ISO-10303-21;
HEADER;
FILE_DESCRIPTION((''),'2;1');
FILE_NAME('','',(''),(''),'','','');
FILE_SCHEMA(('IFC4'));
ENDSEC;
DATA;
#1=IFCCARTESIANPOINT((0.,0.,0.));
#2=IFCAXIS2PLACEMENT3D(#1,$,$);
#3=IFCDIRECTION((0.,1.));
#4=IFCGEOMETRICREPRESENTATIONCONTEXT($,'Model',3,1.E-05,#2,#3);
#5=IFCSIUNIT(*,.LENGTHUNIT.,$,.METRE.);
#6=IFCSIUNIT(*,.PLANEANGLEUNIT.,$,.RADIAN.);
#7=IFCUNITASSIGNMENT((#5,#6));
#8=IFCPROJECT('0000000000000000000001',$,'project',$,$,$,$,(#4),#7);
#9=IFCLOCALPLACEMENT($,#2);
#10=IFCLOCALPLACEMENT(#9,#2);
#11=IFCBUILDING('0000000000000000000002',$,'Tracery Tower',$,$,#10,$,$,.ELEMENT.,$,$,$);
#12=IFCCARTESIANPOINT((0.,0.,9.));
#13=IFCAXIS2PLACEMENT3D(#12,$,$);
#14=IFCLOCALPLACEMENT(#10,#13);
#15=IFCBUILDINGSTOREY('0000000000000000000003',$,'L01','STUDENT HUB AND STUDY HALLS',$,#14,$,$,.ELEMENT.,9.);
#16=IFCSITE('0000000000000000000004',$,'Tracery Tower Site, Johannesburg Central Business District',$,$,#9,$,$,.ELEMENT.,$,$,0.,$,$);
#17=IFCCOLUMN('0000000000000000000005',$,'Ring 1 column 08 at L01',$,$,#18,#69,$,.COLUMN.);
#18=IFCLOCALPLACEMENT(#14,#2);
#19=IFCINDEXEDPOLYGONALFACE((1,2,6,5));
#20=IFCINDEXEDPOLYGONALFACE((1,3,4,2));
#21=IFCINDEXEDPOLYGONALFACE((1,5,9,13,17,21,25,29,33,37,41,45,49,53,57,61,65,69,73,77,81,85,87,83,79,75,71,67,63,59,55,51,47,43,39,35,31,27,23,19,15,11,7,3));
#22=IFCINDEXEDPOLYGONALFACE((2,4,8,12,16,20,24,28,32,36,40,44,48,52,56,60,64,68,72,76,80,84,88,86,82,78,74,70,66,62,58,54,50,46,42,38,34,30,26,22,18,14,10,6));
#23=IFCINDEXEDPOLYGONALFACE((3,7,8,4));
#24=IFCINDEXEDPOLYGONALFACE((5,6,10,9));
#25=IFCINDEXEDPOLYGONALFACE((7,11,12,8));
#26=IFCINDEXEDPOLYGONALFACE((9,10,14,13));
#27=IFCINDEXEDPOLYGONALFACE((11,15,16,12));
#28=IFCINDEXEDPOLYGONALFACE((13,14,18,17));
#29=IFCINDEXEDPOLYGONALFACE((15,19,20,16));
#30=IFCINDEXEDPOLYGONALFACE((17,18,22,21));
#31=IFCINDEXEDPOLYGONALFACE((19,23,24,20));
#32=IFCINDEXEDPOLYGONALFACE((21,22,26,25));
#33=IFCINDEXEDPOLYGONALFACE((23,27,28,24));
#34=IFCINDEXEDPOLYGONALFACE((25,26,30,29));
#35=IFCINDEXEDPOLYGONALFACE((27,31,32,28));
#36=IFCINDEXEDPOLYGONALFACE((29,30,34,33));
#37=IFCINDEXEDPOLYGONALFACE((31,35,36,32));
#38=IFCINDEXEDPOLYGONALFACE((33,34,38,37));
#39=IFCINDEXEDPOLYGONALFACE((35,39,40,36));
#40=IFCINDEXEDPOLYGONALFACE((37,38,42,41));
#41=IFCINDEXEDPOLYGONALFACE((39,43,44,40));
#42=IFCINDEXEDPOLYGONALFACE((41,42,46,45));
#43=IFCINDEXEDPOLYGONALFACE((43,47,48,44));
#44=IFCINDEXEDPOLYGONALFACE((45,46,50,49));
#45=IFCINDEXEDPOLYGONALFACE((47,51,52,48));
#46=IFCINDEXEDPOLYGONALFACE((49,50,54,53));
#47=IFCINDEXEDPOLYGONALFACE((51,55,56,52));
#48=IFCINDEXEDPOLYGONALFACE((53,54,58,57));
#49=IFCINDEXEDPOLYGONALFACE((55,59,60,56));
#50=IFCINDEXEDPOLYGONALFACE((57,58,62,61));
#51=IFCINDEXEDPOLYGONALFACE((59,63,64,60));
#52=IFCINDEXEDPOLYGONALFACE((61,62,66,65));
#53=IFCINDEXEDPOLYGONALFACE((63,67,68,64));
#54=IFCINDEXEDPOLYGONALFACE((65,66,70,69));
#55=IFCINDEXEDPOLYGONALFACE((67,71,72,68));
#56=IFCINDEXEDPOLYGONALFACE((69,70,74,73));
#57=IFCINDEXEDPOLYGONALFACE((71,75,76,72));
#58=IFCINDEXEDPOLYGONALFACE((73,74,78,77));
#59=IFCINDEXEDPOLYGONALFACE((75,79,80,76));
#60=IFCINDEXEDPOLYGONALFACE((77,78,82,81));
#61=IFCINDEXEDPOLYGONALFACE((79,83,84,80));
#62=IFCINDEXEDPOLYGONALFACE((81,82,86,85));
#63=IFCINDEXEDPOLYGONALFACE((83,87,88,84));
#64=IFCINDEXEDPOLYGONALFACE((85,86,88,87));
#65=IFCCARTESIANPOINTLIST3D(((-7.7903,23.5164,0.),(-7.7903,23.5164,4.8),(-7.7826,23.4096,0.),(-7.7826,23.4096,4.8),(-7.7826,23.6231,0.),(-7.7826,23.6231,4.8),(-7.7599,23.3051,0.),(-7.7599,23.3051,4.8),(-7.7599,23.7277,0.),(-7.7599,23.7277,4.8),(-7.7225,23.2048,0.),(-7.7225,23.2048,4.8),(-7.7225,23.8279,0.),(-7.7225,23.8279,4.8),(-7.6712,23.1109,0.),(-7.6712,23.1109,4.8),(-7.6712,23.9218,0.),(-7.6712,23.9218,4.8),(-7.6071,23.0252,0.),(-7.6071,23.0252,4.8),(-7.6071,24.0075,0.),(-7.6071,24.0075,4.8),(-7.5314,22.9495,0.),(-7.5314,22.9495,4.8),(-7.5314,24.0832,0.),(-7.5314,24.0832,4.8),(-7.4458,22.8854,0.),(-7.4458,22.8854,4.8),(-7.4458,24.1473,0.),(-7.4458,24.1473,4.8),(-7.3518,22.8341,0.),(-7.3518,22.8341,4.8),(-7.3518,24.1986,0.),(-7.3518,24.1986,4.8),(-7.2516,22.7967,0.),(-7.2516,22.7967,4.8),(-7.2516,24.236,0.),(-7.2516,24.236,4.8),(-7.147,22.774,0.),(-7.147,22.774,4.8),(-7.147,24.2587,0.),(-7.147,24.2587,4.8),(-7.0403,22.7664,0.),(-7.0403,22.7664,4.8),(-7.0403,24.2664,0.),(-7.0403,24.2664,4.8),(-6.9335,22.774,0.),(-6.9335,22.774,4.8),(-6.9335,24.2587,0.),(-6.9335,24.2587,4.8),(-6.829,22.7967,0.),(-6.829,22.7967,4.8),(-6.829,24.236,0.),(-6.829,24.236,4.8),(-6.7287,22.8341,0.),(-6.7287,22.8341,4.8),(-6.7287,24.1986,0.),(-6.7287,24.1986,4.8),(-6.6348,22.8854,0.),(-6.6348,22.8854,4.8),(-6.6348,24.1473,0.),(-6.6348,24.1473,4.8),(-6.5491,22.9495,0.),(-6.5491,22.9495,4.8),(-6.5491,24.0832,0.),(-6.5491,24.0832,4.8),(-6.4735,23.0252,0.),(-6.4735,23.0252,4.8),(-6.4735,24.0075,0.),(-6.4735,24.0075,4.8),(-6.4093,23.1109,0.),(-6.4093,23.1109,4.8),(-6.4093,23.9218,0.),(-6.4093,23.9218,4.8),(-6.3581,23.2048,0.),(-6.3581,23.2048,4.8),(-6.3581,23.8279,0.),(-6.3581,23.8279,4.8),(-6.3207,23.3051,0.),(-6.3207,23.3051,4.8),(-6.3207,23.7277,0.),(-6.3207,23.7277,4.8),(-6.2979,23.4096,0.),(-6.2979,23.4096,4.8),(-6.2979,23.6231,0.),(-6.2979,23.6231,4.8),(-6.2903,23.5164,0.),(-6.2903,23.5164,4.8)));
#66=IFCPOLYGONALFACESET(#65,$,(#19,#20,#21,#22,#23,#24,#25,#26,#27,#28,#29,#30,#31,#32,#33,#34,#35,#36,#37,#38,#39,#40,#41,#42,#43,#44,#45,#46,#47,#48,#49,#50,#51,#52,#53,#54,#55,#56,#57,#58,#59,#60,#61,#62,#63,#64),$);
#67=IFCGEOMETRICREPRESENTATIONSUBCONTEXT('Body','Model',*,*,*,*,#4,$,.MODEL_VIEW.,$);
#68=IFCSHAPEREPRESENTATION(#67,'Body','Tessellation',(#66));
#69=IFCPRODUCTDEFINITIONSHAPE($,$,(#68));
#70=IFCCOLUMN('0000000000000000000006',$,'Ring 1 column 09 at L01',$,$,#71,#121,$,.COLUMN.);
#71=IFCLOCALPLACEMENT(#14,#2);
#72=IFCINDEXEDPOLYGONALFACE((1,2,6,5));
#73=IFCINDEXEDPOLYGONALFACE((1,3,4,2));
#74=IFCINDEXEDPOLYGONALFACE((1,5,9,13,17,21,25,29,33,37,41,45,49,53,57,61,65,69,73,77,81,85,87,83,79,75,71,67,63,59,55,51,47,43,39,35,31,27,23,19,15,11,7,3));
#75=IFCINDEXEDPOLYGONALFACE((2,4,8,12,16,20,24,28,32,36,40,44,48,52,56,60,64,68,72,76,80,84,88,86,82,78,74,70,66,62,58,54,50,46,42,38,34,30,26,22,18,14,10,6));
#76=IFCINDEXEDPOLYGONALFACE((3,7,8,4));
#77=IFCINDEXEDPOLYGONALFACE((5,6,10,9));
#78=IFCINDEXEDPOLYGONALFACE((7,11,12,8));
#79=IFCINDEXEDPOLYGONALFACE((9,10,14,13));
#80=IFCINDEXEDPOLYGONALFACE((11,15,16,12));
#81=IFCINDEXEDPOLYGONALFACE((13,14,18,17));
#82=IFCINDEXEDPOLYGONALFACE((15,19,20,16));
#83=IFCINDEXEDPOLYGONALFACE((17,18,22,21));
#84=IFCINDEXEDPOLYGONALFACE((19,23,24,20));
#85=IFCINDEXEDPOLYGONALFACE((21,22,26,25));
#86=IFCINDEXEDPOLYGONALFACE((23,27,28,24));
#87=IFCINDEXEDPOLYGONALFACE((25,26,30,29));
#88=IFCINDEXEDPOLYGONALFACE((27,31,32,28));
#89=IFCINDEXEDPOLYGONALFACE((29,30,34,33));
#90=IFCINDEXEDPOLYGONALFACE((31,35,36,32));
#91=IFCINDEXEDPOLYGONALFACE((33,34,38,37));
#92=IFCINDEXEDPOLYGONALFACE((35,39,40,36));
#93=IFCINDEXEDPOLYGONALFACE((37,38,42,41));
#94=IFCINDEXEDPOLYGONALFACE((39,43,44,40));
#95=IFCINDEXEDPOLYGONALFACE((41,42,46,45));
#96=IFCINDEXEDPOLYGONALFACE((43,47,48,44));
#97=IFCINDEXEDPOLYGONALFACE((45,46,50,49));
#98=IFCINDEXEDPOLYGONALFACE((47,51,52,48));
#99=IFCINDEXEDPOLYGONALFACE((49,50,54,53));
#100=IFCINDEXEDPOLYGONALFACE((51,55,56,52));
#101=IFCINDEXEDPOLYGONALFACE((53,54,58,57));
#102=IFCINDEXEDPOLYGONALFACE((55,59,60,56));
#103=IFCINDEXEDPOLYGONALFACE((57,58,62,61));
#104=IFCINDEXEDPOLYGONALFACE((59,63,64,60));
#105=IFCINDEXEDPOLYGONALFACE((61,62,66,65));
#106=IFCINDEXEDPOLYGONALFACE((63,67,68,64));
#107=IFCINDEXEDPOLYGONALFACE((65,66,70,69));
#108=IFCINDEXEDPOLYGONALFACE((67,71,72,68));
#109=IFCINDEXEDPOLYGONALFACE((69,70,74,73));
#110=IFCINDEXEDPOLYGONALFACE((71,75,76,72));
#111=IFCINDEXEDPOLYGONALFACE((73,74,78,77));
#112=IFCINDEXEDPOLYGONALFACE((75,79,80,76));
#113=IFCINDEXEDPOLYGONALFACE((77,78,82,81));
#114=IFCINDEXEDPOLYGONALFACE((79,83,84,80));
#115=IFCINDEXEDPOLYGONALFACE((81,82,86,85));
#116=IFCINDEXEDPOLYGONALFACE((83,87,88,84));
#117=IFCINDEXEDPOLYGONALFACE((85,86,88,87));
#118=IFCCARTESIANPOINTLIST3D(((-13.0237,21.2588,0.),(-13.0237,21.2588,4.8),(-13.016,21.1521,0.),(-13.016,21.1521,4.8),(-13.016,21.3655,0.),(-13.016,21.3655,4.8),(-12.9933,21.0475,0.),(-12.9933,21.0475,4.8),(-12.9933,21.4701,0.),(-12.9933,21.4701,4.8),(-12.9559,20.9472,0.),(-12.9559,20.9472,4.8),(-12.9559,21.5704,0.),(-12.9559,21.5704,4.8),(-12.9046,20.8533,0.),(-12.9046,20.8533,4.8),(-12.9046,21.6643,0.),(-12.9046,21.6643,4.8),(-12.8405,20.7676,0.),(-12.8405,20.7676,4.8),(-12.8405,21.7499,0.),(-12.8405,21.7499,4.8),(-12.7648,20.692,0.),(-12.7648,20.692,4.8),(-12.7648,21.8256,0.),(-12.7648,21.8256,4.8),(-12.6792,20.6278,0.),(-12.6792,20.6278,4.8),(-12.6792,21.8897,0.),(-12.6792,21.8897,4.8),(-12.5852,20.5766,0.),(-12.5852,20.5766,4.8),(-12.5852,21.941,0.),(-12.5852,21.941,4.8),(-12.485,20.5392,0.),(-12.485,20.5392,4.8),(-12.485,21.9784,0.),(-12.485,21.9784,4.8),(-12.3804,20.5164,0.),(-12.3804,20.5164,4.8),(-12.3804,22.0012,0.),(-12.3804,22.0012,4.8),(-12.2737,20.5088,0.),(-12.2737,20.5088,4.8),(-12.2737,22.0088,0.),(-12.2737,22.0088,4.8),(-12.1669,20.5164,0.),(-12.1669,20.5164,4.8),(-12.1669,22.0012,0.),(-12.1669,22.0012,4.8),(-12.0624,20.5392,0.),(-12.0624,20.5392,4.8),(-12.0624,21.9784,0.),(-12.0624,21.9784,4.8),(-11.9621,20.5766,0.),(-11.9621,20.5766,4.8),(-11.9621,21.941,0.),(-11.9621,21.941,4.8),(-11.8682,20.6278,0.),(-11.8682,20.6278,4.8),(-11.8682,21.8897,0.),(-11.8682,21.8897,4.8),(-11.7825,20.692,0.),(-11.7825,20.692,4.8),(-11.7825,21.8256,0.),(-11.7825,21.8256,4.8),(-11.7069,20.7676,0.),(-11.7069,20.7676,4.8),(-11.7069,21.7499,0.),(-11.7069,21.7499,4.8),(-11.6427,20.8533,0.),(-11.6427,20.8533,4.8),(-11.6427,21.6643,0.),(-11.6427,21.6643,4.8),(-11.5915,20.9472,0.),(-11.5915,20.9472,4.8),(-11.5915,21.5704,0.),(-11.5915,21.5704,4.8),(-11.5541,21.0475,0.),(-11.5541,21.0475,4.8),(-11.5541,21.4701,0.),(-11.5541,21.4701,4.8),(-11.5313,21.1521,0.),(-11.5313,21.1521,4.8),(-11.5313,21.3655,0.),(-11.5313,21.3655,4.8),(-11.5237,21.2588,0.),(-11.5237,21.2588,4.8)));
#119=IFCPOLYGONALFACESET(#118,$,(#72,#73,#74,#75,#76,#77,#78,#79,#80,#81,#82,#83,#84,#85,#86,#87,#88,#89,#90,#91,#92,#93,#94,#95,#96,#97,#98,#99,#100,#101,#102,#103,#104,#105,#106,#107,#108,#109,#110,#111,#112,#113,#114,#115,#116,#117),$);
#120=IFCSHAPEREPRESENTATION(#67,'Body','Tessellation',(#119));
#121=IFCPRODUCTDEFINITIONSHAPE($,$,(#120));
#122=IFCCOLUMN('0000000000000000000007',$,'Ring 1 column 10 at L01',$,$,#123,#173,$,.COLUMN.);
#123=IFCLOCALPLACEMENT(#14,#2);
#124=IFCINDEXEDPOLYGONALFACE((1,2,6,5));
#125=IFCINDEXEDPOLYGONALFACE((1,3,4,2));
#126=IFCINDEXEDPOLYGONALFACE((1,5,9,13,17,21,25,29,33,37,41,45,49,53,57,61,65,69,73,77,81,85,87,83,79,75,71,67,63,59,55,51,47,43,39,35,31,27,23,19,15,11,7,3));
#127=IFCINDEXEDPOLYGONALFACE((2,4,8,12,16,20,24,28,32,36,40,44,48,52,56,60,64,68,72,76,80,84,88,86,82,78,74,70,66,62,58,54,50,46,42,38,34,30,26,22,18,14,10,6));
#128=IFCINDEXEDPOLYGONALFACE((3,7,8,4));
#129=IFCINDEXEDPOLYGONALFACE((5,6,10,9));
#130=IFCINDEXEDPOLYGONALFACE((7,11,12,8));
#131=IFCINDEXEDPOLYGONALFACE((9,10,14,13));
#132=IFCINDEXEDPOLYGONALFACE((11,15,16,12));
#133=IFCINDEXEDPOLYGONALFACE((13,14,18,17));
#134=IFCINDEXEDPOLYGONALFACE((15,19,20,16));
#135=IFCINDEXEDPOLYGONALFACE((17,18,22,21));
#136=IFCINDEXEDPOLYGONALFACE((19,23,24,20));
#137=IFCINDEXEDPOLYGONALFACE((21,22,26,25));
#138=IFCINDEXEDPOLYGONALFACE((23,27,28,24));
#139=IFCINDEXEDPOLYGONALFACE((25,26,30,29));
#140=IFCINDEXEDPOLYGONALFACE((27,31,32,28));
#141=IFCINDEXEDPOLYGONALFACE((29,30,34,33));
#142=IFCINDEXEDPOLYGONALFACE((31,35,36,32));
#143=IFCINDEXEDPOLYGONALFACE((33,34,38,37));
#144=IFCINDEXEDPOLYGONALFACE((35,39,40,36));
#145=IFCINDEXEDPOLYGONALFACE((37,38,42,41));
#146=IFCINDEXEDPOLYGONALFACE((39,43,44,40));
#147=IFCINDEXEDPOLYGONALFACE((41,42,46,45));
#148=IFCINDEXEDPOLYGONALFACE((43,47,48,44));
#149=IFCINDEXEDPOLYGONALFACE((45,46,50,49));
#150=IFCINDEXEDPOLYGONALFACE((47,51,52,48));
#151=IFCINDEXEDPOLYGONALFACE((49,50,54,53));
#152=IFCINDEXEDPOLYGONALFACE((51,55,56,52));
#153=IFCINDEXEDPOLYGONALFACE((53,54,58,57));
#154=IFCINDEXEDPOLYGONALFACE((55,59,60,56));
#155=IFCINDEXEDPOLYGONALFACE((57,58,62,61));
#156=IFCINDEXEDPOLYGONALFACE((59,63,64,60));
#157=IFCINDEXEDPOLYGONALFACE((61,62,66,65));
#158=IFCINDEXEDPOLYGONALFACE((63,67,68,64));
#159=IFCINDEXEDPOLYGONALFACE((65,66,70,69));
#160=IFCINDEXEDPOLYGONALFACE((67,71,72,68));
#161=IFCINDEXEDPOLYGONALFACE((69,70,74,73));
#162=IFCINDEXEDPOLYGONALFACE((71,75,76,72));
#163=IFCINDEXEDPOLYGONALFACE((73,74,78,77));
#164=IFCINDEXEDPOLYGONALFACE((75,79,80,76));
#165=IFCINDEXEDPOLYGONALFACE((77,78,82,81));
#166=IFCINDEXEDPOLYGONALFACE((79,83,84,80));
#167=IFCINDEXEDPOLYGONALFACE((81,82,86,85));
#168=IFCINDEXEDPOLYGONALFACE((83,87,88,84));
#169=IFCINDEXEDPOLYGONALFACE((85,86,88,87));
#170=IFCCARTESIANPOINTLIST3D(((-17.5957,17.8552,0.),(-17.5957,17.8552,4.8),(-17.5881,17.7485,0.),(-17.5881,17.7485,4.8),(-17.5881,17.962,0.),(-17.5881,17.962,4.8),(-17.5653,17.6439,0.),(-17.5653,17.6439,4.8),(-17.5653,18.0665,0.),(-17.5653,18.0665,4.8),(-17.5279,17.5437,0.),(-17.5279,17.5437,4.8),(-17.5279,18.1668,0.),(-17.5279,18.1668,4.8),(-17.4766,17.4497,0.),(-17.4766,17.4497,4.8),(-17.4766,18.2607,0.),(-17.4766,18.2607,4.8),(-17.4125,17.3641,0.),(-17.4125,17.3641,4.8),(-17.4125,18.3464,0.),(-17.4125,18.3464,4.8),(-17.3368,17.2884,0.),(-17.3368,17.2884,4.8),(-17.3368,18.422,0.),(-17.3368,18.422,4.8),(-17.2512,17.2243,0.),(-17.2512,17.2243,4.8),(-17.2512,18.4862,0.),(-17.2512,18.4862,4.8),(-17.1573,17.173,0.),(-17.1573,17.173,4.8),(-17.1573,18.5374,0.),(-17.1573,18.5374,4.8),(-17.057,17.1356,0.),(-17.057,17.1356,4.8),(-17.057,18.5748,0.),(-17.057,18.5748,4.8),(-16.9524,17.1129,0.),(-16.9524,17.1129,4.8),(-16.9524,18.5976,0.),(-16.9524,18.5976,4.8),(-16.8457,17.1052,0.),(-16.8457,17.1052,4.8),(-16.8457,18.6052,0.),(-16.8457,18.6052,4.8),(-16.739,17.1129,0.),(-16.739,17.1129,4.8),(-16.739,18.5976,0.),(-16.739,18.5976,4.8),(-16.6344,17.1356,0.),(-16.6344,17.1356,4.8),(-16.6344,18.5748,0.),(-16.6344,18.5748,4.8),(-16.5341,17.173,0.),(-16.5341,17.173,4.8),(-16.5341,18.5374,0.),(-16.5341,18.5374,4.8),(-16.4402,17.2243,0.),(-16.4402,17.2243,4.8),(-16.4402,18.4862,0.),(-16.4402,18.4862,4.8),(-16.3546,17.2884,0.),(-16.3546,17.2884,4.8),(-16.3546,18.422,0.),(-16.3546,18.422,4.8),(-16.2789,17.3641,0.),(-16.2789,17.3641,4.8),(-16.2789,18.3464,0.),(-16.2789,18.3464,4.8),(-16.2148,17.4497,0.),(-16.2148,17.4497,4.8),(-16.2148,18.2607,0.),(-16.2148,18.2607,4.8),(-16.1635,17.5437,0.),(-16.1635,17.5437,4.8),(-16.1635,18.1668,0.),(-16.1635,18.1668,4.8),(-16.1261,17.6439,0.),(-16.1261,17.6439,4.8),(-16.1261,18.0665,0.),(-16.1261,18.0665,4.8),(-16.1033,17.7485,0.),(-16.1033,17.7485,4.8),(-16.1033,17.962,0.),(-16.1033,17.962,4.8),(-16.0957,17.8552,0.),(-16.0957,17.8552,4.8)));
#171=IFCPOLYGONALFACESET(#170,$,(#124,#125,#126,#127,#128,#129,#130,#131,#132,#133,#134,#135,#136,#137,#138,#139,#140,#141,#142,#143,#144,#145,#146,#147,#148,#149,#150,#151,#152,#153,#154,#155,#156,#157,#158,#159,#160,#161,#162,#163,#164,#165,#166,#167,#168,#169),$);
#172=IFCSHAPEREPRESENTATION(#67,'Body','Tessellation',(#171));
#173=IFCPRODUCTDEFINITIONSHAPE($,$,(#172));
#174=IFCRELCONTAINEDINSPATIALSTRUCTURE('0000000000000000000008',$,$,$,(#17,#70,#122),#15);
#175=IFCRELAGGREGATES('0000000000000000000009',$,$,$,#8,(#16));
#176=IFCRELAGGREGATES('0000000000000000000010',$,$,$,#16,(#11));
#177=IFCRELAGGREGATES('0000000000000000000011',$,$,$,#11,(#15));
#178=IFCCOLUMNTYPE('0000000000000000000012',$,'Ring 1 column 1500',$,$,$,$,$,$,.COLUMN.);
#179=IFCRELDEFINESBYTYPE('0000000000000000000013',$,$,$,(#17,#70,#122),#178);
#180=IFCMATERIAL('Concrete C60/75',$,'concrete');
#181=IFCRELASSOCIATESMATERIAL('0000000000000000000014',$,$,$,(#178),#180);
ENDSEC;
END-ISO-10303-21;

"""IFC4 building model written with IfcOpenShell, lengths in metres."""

from ifc_helpers import new_model, si_unit, direction, frame, origin, origin_2d, place, context, subcontext, project, spatial, circle, extrude, material, material_profile, profile_set, type_object, element, save


model = new_model("IFC4")

# Units and contexts
model_context = context("Model", 3, precision=1e-05, world=origin(), true_north=direction((0.0, 1.0)))
body_context = subcontext(model_context, "Body", "Model", "MODEL_VIEW")
ifc_project = project(units=[si_unit("LENGTHUNIT", "METRE"), si_unit("PLANEANGLEUNIT", "RADIAN")], contexts=[model_context])

# Site, building, storey
site_placement = place(None, origin())
site = spatial("IfcSite", under=ifc_project, at=site_placement, Name="Tracery Tower Site, Johannesburg Central Business District", CompositionType="ELEMENT", RefElevation=0.0)
building_placement = place(site_placement, origin())
building = spatial("IfcBuilding", under=site, at=building_placement, Name="Tracery Tower", CompositionType="ELEMENT")
storey_placement = place(building_placement, frame((0.0, 0.0, 9.0)))
storey = spatial("IfcBuildingStorey", under=building, at=storey_placement, Name="L01", Description="STUDENT HUB AND STUDY HALLS", CompositionType="ELEMENT", Elevation=9.0)

# Columns
ifc_material_1 = material(Name="Concrete C60/75", Category="concrete")
ifc_material_profile_1 = material_profile(ifc_material_1, circle(Radius=0.75, at=origin_2d()), Name="RC D1500")
ifc_profile_set_1 = profile_set([ifc_material_profile_1], Name="Concrete C60/75")
column_type_1 = type_object("IfcColumnType", Name="Ring 1 column 1500", PredefinedType="COLUMN", material=ifc_profile_set_1)
for number, where, z_axis, x_axis, name in (
    (1, (-7.0403, 23.5164, 0.0), (0.0, 0.0, 1.0), (1.0, 0.0, 0.0), "Ring 1 column 08 at L01"),
    (2, (-12.2737, 21.2588, 0.0), (0.0, 0.0, 1.0), (1.0, 0.0, 0.0), "Ring 1 column 09 at L01"),
    (3, (-16.8457, 17.8552, 0.0), (0.0, 0.0, 1.0), (1.0, 0.0, 0.0), "Ring 1 column 10 at L01"),
):
    element("IfcColumn", number, at=place(storey_placement, frame(where, z_axis=z_axis, x_axis=x_axis)), inside=storey, type_object=column_type_1, Name=name, PredefinedType="COLUMN", context=body_context, shape_type="SweptSolid", body=[
        extrude(circle(Radius=0.75, at=origin_2d()), origin(), (0.0, 0.0, 1.0), 4.8),
    ])

save(model, "model.ifc")
